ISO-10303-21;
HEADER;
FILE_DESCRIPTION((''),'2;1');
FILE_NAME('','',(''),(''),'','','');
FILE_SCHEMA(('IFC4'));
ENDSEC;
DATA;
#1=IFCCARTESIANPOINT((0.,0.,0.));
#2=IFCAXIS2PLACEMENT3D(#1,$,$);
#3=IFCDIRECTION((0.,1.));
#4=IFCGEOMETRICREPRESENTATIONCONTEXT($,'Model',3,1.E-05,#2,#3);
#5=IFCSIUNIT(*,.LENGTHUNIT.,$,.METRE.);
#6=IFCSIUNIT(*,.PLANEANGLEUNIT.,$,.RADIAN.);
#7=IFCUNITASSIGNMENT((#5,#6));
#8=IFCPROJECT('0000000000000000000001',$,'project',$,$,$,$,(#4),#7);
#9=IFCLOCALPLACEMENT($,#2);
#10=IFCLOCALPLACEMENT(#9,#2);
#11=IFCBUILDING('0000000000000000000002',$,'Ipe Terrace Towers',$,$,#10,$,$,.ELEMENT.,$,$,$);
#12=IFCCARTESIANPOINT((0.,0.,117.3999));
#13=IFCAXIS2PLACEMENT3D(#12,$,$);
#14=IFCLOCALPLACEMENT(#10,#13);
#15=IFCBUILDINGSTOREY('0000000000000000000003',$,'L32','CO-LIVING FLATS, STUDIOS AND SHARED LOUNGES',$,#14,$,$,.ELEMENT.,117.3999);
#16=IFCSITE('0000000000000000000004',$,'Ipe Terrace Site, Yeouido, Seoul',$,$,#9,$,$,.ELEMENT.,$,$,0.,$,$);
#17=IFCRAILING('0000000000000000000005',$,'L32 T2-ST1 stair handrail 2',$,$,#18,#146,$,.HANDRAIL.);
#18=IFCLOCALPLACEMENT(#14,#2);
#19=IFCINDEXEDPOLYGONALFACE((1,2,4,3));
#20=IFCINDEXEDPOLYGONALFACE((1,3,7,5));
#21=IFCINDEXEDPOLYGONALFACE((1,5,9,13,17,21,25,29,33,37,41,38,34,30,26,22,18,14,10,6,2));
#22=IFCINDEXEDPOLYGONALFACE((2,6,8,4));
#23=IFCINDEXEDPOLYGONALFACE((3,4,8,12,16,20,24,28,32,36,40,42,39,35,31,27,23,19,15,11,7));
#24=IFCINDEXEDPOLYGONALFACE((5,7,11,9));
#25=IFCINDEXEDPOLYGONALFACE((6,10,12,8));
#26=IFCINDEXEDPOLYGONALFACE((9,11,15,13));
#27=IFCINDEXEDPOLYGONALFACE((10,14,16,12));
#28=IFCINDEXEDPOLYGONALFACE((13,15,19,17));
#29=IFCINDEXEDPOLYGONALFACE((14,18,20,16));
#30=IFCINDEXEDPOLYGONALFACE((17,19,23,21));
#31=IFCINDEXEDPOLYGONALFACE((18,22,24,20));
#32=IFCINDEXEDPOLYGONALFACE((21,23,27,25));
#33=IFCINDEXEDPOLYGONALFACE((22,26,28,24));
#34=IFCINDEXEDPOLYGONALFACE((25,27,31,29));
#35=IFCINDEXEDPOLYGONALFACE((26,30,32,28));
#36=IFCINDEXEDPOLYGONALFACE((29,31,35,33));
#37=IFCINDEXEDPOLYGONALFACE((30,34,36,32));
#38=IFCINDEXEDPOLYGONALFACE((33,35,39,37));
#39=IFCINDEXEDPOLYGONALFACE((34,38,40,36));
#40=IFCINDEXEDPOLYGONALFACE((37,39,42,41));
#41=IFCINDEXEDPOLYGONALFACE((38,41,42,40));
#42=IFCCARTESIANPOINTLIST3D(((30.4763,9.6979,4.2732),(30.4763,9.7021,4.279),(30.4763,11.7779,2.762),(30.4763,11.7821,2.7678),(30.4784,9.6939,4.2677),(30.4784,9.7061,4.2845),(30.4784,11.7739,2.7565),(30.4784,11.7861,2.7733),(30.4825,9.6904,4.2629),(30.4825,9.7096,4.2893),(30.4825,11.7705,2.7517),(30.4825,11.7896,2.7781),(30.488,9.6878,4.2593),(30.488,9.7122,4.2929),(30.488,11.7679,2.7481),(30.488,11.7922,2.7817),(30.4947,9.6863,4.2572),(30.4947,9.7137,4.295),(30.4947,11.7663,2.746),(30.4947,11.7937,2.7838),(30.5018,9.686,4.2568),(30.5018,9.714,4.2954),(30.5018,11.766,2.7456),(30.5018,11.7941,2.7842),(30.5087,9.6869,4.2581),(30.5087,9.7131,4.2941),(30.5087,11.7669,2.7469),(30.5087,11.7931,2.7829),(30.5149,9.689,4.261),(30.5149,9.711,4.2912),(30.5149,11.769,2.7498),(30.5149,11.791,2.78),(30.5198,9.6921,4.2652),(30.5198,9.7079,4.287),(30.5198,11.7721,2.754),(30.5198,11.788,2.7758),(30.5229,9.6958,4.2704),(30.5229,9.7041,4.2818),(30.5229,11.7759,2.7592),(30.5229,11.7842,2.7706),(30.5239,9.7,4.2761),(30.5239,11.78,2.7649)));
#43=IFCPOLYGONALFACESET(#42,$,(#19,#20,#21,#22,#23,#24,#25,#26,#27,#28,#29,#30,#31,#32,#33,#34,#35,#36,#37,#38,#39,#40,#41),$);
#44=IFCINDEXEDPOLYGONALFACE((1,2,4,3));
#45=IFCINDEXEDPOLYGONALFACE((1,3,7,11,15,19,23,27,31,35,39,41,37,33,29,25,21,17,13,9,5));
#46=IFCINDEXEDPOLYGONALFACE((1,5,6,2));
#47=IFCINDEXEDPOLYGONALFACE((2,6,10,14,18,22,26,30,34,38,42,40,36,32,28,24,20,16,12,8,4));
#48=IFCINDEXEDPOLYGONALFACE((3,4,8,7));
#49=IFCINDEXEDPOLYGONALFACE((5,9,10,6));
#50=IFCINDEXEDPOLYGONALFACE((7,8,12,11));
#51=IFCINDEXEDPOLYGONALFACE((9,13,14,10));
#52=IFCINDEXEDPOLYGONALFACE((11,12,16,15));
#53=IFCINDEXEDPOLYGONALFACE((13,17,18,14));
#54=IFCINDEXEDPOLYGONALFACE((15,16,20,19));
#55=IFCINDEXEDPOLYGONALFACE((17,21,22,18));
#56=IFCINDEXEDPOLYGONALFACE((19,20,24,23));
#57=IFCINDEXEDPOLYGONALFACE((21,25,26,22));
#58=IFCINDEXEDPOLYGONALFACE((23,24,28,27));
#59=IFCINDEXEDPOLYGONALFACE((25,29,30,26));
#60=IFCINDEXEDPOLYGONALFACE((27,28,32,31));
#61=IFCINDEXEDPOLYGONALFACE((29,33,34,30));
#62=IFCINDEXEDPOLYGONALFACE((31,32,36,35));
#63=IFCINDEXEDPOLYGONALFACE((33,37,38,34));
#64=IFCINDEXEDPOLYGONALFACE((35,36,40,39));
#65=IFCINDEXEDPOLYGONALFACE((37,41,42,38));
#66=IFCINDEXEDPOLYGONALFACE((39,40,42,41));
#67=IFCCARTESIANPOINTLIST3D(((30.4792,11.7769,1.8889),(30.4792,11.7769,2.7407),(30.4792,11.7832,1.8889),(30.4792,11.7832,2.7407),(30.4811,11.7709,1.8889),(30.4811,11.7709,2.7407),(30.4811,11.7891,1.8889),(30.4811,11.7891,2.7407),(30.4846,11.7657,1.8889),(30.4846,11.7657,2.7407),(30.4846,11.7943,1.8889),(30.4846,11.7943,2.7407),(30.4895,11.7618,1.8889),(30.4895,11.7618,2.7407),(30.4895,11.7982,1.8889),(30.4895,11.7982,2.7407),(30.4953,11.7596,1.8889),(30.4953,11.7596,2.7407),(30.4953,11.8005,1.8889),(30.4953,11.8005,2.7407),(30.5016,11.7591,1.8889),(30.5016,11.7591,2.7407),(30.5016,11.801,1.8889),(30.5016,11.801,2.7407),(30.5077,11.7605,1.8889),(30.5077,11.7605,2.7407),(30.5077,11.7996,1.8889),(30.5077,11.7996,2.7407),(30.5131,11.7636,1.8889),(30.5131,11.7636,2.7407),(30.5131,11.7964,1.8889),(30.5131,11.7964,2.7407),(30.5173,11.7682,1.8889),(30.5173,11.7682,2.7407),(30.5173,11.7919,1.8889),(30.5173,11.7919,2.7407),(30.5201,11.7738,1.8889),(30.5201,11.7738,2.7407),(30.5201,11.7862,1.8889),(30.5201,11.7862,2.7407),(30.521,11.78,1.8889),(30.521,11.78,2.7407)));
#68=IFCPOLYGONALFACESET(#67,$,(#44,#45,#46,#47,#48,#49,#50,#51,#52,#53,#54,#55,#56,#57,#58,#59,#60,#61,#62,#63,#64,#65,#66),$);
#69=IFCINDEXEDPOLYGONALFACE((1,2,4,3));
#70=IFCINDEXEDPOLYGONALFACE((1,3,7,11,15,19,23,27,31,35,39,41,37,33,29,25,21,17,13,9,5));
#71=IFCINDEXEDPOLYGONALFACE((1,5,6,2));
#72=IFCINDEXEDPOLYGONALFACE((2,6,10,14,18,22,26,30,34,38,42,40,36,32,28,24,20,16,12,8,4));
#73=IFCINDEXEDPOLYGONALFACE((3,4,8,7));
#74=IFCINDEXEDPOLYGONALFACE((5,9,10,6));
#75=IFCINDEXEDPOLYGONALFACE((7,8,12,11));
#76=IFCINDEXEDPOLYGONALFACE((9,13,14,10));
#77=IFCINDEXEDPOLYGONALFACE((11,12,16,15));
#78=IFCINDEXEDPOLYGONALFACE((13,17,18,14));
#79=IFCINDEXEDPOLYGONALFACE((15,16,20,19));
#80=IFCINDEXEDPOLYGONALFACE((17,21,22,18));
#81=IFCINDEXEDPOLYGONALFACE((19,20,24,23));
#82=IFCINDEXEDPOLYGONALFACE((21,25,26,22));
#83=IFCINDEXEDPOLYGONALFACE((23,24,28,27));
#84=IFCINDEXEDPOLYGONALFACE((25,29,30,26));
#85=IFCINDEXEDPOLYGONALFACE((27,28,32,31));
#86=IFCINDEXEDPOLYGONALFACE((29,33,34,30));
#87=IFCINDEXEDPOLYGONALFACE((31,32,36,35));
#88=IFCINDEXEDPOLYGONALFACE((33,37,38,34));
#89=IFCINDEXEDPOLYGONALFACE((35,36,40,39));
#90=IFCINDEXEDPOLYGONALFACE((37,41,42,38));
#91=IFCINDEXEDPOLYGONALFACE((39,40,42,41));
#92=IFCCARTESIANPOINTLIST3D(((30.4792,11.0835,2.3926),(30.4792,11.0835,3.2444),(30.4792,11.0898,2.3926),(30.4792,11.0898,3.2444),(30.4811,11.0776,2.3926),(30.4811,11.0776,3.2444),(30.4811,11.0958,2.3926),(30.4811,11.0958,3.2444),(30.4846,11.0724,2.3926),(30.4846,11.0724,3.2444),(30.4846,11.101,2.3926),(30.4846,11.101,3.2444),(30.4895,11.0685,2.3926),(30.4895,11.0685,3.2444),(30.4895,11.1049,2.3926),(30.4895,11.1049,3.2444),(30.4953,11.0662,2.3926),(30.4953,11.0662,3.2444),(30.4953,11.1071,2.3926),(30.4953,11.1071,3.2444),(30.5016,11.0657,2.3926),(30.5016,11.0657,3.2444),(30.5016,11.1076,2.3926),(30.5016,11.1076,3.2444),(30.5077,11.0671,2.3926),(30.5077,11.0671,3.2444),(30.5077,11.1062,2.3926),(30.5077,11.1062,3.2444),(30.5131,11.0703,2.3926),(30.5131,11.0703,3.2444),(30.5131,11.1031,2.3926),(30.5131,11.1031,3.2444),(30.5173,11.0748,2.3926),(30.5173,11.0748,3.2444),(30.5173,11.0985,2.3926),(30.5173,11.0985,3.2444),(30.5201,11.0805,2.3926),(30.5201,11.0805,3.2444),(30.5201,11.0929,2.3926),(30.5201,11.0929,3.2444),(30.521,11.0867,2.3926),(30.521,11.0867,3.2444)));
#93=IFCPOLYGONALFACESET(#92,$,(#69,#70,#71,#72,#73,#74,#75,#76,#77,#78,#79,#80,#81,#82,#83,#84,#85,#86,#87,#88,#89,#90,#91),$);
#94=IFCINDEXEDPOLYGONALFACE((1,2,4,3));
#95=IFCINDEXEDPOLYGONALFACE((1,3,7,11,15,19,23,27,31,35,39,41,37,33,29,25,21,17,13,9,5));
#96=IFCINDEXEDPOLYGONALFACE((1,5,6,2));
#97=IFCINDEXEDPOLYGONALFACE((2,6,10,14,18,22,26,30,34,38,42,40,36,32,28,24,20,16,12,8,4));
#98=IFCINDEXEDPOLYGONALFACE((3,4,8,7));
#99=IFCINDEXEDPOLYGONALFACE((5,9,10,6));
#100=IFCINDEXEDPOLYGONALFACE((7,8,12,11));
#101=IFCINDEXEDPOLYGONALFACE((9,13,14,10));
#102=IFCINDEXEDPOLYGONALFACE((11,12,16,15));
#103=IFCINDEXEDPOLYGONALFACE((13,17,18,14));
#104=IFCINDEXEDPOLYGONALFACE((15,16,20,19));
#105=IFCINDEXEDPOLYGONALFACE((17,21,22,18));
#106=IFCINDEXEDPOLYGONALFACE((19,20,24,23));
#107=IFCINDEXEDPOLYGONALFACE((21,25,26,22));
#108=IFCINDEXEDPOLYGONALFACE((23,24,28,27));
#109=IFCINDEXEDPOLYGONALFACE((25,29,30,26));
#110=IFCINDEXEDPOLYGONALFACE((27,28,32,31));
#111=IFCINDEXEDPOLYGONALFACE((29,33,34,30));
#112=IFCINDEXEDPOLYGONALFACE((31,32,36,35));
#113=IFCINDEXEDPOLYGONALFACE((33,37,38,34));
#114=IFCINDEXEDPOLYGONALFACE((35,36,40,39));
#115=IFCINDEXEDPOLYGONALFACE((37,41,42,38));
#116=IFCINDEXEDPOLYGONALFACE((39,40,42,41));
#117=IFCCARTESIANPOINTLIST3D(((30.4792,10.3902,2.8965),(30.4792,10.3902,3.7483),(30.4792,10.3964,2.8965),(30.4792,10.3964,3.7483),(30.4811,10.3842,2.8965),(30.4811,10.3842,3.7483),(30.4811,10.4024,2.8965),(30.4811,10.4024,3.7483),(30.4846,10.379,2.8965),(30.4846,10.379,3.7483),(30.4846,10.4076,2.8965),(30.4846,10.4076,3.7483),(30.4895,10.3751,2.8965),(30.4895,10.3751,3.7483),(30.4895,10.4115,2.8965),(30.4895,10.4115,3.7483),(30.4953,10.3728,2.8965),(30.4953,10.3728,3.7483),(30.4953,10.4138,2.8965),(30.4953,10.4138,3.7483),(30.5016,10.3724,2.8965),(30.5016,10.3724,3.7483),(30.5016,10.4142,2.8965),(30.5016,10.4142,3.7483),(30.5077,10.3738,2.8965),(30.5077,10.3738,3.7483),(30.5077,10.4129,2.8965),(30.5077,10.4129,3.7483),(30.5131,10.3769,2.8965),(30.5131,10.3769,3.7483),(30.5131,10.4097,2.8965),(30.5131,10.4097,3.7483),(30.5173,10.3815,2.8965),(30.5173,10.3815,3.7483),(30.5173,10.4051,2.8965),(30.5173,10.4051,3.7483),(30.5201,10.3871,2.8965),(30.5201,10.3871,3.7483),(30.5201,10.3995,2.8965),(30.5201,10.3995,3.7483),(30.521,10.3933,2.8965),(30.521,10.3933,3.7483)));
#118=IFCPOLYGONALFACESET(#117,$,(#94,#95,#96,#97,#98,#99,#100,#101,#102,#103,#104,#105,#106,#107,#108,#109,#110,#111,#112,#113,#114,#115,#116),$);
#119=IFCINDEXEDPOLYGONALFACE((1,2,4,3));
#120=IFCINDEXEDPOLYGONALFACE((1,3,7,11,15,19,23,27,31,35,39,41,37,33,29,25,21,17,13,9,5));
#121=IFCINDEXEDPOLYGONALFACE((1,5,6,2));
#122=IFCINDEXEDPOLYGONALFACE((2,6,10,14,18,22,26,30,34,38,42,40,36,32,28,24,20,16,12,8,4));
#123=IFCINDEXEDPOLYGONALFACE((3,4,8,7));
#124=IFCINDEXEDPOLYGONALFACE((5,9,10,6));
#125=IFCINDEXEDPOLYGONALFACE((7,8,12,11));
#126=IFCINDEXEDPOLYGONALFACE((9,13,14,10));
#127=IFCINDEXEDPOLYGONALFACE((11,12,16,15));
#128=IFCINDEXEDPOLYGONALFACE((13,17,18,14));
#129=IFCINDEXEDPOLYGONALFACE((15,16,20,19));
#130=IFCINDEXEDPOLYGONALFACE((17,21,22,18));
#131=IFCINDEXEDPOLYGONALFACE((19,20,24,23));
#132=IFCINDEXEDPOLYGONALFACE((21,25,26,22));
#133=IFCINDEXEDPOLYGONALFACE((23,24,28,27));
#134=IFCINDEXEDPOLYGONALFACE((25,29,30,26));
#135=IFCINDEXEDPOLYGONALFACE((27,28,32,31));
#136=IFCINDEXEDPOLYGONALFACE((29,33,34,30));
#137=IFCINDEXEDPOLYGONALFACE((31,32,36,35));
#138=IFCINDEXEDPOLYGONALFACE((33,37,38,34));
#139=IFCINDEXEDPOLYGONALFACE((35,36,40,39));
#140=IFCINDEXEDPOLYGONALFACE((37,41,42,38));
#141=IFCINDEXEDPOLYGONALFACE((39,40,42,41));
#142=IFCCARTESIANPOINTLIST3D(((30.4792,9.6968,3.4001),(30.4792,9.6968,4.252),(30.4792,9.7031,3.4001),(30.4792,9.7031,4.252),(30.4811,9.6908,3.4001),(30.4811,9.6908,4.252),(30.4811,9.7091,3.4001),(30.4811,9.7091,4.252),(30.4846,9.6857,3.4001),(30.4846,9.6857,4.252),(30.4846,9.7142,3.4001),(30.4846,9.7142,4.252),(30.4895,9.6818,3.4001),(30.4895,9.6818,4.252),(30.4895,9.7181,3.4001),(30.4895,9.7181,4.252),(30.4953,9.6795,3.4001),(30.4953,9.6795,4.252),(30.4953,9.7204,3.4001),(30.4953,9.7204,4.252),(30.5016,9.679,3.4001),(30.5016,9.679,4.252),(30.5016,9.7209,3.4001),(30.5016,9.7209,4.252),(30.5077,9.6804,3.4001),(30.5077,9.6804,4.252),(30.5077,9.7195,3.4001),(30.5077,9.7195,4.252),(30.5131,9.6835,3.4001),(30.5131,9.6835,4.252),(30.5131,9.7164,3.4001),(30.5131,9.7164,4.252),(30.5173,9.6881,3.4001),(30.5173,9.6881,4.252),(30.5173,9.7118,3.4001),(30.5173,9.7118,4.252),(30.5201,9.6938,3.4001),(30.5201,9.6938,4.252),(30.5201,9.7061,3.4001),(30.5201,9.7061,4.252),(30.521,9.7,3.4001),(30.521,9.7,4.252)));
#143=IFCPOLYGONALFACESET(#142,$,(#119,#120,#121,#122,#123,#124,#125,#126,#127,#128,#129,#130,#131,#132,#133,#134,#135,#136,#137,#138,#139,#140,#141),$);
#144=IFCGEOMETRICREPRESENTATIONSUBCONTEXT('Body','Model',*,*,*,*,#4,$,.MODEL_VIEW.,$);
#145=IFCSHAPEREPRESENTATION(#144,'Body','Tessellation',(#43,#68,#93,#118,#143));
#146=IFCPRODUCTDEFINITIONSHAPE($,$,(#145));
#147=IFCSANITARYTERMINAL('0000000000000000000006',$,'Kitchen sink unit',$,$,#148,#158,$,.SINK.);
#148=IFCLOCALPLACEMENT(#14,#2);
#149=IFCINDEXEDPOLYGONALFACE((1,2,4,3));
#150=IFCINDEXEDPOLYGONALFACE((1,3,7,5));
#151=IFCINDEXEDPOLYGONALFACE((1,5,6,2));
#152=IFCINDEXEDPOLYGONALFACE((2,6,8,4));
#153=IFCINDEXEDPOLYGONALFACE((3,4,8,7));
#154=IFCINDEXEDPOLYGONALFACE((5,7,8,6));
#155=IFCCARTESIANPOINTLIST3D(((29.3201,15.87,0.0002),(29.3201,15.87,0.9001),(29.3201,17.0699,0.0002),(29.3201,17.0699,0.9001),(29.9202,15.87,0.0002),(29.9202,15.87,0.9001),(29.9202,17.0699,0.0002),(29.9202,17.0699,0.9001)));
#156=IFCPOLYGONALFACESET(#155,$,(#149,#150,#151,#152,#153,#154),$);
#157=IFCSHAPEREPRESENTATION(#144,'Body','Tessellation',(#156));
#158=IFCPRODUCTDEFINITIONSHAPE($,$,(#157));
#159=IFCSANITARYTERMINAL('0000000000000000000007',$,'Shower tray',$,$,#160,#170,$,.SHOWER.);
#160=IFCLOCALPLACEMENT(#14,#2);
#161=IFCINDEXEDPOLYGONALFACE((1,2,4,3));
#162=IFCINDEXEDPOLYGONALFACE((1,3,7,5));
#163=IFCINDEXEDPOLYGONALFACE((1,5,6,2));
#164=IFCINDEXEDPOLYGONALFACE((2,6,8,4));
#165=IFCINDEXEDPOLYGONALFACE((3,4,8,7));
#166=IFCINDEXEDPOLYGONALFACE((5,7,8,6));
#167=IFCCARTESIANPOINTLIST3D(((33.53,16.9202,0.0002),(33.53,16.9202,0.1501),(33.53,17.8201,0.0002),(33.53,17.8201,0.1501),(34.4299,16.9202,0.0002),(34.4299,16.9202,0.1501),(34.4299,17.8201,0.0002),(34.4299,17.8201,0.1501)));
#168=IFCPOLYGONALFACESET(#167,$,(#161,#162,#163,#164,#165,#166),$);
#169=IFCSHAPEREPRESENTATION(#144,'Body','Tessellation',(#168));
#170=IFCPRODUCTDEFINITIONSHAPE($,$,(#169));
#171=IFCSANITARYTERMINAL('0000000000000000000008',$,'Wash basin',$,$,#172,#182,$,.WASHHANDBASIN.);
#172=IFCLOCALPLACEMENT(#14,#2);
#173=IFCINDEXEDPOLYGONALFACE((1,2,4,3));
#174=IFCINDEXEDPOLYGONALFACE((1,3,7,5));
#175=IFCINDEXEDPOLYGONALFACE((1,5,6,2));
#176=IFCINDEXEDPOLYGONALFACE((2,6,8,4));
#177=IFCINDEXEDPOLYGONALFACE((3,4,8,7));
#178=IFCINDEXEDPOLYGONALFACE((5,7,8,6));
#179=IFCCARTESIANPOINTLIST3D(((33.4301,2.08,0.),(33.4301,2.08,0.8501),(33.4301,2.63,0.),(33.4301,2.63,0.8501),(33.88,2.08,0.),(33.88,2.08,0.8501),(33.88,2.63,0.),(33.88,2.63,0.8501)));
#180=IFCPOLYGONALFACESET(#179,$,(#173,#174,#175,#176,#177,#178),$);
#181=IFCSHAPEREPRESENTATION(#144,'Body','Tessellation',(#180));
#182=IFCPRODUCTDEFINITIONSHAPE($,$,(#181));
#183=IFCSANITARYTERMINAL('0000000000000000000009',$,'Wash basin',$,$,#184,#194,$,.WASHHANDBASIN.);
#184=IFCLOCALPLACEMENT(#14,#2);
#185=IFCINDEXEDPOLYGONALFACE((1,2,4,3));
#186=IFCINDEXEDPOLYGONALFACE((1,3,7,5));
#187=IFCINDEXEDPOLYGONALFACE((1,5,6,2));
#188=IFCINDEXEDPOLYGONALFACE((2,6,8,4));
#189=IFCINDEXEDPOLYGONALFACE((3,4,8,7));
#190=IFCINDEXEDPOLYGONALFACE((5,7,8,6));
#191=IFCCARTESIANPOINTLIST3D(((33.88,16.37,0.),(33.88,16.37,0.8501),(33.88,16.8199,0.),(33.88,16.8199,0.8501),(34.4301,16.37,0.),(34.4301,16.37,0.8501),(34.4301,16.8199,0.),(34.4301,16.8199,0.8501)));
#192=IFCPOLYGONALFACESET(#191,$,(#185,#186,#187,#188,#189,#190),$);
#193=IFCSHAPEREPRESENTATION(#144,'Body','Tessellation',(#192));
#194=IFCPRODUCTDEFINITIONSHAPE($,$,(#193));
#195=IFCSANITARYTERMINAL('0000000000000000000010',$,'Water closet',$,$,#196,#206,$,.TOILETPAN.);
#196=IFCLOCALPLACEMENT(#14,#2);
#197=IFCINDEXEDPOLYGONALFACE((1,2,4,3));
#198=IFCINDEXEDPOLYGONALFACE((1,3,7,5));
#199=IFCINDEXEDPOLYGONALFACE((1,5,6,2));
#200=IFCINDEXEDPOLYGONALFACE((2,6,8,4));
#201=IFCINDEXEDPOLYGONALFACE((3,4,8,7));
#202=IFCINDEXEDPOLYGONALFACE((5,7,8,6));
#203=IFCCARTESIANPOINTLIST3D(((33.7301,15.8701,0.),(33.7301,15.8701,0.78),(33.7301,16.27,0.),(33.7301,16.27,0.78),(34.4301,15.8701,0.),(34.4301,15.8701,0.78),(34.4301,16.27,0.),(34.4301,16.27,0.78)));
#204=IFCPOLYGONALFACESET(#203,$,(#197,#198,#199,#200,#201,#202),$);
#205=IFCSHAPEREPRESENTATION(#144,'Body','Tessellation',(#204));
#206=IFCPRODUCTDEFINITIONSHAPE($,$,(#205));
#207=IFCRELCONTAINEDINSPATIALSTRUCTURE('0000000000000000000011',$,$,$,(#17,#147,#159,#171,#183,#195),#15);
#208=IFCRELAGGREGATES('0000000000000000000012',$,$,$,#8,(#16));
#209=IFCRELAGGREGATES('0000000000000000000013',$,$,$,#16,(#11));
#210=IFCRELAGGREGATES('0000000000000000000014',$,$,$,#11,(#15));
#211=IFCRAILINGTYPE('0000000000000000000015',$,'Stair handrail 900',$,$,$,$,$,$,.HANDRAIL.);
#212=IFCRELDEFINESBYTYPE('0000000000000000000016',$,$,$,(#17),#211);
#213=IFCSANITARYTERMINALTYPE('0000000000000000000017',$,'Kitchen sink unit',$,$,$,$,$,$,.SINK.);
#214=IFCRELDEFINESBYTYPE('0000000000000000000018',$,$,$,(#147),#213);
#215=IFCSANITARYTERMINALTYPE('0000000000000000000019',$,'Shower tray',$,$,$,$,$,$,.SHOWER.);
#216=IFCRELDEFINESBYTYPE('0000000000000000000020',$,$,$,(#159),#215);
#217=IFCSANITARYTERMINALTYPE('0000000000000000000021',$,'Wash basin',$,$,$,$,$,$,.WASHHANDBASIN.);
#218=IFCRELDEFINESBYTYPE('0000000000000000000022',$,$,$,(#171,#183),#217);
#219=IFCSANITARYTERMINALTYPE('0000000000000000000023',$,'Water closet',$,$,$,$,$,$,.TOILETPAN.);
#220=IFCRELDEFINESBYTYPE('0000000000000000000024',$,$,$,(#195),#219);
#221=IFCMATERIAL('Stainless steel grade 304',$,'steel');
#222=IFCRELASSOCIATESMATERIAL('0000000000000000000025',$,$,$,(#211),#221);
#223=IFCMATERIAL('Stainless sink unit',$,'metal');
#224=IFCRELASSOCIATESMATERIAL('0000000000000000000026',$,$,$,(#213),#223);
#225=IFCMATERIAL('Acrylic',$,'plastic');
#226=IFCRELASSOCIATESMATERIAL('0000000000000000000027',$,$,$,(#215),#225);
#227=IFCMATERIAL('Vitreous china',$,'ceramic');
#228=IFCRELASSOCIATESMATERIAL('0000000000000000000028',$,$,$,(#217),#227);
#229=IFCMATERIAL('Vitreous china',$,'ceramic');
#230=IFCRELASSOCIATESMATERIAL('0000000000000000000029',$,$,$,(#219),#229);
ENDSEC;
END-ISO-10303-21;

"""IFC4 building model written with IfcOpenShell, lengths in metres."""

from ifc_helpers import new_model, si_unit, direction, frame, origin, origin_2d, place, context, subcontext, project, spatial, rectangle, circle, extrude, material, type_object, element, save


model = new_model("IFC4")

# Units and contexts
model_context = context("Model", 3, precision=1e-05, world=origin(), true_north=direction((0.0, 1.0)))
body_context = subcontext(model_context, "Body", "Model", "MODEL_VIEW")
ifc_project = project(units=[si_unit("LENGTHUNIT", "METRE"), si_unit("PLANEANGLEUNIT", "RADIAN")], contexts=[model_context])

# Site, building, storey
site_placement = place(None, origin())
site = spatial("IfcSite", under=ifc_project, at=site_placement, Name="Ipe Terrace Site, Yeouido, Seoul", CompositionType="ELEMENT", RefElevation=0.0)
building_placement = place(site_placement, origin())
building = spatial("IfcBuilding", under=site, at=building_placement, Name="Ipe Terrace Towers", CompositionType="ELEMENT")
storey_placement = place(building_placement, frame((0.0, 0.0, 117.3999)))
storey = spatial("IfcBuildingStorey", under=building, at=storey_placement, Name="L32", Description="CO-LIVING FLATS, STUDIOS AND SHARED LOUNGES", CompositionType="ELEMENT", Elevation=117.3999)

# Railing
ifc_material_1 = material(Name="Stainless steel grade 304", Category="steel")
railing_type_1 = type_object("IfcRailingType", Name="Stair handrail 900", PredefinedType="HANDRAIL", material=ifc_material_1)
railing_1_placement = place(storey_placement, frame((30.5, 11.78, 1.8889)))
element("IfcRailing", 1, at=railing_1_placement, inside=storey, type_object=railing_type_1, Name="L32 T2-ST1 stair handrail 2", PredefinedType="HANDRAIL", context=body_context, shape_type="SweptSolid", body=[
    extrude(circle(Radius=0.0239, at=origin_2d()), frame((0.0, 0.0, 0.876), z_axis=(0.0, -0.809023, 0.587776), x_axis=(1.0, 0.0, 0.0)), (0.0, 0.0, 1.0), 2.571),
    extrude(circle(Radius=0.021, at=origin_2d()), origin(), (0.0, 0.0, 1.0), 0.8518),
    extrude(circle(Radius=0.021, at=origin_2d()), frame((0.0, -0.6934, 0.5037)), (0.0, 0.0, 1.0), 0.8518),
    extrude(circle(Radius=0.021, at=origin_2d()), frame((0.0, -1.3867, 1.0076)), (0.0, 0.0, 1.0), 0.8518),
    extrude(circle(Radius=0.021, at=origin_2d()), frame((0.0, -2.0801, 1.5112)), (0.0, 0.0, 1.0), 0.8518),
])

# Sanitary terminals
ifc_material_2 = material(Name="Stainless sink unit", Category="metal")
sanitary_terminal_type_1 = type_object("IfcSanitaryTerminalType", Name="Kitchen sink unit", PredefinedType="SINK", material=ifc_material_2)
sanitary_terminal_1_placement = place(storey_placement, frame((29.6201, 16.47, 0.0002), z_axis=(0.0, 0.0, 1.0), x_axis=(0.0, 1.0, 0.0)))
element("IfcSanitaryTerminal", 2, at=sanitary_terminal_1_placement, inside=storey, type_object=sanitary_terminal_type_1, Name="Kitchen sink unit", PredefinedType="SINK", context=body_context, shape_type="SweptSolid", body=[
    extrude(rectangle(XDim=1.2, YDim=0.6001, at=origin_2d()), origin(), (0.0, 0.0, 1.0), 0.8999),
])
ifc_material_3 = material(Name="Acrylic", Category="plastic")
sanitary_terminal_type_2 = type_object("IfcSanitaryTerminalType", Name="Shower tray", PredefinedType="SHOWER", material=ifc_material_3)
sanitary_terminal_2_placement = place(storey_placement, frame((33.98, 17.3701, 0.0002), z_axis=(0.0, 0.0, 1.0), x_axis=(-1.0, 0.0, 0.0)))
element("IfcSanitaryTerminal", 3, at=sanitary_terminal_2_placement, inside=storey, type_object=sanitary_terminal_type_2, Name="Shower tray", PredefinedType="SHOWER", context=body_context, shape_type="SweptSolid", body=[
    extrude(rectangle(XDim=0.8999, YDim=0.8999, at=origin_2d()), origin(), (0.0, 0.0, 1.0), 0.1499),
])
ifc_material_4 = material(Name="Vitreous china", Category="ceramic")
sanitary_terminal_type_3 = type_object("IfcSanitaryTerminalType", Name="Wash basin", PredefinedType="WASHHANDBASIN", material=ifc_material_4)
for number, where, z_axis, x_axis, name in (
    (4, (33.655, 2.355, 0.0), (0.0, 0.0, 1.0), (0.0, -1.0, 0.0), "Wash basin"),
    (5, (34.155, 16.595, 0.0), (0.0, 0.0, 1.0), (-1.0, 0.0, 0.0), "Wash basin"),
):
    element("IfcSanitaryTerminal", number, at=place(storey_placement, frame(where, z_axis=z_axis, x_axis=x_axis)), inside=storey, type_object=sanitary_terminal_type_3, Name=name, PredefinedType="WASHHANDBASIN", context=body_context, shape_type="SweptSolid", body=[
        extrude(rectangle(XDim=0.55, YDim=0.45, at=origin_2d()), origin(), (0.0, 0.0, 1.0), 0.8501),
    ])
ifc_material_5 = material(Name="Vitreous china", Category="ceramic")
sanitary_terminal_type_4 = type_object("IfcSanitaryTerminalType", Name="Water closet", PredefinedType="TOILETPAN", material=ifc_material_5)
sanitary_terminal_3_placement = place(storey_placement, frame((34.0801, 16.0701, 0.0), z_axis=(0.0, 0.0, 1.0), x_axis=(-1.0, 0.0, 0.0)))
element("IfcSanitaryTerminal", 6, at=sanitary_terminal_3_placement, inside=storey, type_object=sanitary_terminal_type_4, Name="Water closet", PredefinedType="TOILETPAN", context=body_context, shape_type="SweptSolid", body=[
    extrude(rectangle(XDim=0.7, YDim=0.3999, at=origin_2d()), origin(), (0.0, 0.0, 1.0), 0.78),
])

save(model, "model.ifc")
